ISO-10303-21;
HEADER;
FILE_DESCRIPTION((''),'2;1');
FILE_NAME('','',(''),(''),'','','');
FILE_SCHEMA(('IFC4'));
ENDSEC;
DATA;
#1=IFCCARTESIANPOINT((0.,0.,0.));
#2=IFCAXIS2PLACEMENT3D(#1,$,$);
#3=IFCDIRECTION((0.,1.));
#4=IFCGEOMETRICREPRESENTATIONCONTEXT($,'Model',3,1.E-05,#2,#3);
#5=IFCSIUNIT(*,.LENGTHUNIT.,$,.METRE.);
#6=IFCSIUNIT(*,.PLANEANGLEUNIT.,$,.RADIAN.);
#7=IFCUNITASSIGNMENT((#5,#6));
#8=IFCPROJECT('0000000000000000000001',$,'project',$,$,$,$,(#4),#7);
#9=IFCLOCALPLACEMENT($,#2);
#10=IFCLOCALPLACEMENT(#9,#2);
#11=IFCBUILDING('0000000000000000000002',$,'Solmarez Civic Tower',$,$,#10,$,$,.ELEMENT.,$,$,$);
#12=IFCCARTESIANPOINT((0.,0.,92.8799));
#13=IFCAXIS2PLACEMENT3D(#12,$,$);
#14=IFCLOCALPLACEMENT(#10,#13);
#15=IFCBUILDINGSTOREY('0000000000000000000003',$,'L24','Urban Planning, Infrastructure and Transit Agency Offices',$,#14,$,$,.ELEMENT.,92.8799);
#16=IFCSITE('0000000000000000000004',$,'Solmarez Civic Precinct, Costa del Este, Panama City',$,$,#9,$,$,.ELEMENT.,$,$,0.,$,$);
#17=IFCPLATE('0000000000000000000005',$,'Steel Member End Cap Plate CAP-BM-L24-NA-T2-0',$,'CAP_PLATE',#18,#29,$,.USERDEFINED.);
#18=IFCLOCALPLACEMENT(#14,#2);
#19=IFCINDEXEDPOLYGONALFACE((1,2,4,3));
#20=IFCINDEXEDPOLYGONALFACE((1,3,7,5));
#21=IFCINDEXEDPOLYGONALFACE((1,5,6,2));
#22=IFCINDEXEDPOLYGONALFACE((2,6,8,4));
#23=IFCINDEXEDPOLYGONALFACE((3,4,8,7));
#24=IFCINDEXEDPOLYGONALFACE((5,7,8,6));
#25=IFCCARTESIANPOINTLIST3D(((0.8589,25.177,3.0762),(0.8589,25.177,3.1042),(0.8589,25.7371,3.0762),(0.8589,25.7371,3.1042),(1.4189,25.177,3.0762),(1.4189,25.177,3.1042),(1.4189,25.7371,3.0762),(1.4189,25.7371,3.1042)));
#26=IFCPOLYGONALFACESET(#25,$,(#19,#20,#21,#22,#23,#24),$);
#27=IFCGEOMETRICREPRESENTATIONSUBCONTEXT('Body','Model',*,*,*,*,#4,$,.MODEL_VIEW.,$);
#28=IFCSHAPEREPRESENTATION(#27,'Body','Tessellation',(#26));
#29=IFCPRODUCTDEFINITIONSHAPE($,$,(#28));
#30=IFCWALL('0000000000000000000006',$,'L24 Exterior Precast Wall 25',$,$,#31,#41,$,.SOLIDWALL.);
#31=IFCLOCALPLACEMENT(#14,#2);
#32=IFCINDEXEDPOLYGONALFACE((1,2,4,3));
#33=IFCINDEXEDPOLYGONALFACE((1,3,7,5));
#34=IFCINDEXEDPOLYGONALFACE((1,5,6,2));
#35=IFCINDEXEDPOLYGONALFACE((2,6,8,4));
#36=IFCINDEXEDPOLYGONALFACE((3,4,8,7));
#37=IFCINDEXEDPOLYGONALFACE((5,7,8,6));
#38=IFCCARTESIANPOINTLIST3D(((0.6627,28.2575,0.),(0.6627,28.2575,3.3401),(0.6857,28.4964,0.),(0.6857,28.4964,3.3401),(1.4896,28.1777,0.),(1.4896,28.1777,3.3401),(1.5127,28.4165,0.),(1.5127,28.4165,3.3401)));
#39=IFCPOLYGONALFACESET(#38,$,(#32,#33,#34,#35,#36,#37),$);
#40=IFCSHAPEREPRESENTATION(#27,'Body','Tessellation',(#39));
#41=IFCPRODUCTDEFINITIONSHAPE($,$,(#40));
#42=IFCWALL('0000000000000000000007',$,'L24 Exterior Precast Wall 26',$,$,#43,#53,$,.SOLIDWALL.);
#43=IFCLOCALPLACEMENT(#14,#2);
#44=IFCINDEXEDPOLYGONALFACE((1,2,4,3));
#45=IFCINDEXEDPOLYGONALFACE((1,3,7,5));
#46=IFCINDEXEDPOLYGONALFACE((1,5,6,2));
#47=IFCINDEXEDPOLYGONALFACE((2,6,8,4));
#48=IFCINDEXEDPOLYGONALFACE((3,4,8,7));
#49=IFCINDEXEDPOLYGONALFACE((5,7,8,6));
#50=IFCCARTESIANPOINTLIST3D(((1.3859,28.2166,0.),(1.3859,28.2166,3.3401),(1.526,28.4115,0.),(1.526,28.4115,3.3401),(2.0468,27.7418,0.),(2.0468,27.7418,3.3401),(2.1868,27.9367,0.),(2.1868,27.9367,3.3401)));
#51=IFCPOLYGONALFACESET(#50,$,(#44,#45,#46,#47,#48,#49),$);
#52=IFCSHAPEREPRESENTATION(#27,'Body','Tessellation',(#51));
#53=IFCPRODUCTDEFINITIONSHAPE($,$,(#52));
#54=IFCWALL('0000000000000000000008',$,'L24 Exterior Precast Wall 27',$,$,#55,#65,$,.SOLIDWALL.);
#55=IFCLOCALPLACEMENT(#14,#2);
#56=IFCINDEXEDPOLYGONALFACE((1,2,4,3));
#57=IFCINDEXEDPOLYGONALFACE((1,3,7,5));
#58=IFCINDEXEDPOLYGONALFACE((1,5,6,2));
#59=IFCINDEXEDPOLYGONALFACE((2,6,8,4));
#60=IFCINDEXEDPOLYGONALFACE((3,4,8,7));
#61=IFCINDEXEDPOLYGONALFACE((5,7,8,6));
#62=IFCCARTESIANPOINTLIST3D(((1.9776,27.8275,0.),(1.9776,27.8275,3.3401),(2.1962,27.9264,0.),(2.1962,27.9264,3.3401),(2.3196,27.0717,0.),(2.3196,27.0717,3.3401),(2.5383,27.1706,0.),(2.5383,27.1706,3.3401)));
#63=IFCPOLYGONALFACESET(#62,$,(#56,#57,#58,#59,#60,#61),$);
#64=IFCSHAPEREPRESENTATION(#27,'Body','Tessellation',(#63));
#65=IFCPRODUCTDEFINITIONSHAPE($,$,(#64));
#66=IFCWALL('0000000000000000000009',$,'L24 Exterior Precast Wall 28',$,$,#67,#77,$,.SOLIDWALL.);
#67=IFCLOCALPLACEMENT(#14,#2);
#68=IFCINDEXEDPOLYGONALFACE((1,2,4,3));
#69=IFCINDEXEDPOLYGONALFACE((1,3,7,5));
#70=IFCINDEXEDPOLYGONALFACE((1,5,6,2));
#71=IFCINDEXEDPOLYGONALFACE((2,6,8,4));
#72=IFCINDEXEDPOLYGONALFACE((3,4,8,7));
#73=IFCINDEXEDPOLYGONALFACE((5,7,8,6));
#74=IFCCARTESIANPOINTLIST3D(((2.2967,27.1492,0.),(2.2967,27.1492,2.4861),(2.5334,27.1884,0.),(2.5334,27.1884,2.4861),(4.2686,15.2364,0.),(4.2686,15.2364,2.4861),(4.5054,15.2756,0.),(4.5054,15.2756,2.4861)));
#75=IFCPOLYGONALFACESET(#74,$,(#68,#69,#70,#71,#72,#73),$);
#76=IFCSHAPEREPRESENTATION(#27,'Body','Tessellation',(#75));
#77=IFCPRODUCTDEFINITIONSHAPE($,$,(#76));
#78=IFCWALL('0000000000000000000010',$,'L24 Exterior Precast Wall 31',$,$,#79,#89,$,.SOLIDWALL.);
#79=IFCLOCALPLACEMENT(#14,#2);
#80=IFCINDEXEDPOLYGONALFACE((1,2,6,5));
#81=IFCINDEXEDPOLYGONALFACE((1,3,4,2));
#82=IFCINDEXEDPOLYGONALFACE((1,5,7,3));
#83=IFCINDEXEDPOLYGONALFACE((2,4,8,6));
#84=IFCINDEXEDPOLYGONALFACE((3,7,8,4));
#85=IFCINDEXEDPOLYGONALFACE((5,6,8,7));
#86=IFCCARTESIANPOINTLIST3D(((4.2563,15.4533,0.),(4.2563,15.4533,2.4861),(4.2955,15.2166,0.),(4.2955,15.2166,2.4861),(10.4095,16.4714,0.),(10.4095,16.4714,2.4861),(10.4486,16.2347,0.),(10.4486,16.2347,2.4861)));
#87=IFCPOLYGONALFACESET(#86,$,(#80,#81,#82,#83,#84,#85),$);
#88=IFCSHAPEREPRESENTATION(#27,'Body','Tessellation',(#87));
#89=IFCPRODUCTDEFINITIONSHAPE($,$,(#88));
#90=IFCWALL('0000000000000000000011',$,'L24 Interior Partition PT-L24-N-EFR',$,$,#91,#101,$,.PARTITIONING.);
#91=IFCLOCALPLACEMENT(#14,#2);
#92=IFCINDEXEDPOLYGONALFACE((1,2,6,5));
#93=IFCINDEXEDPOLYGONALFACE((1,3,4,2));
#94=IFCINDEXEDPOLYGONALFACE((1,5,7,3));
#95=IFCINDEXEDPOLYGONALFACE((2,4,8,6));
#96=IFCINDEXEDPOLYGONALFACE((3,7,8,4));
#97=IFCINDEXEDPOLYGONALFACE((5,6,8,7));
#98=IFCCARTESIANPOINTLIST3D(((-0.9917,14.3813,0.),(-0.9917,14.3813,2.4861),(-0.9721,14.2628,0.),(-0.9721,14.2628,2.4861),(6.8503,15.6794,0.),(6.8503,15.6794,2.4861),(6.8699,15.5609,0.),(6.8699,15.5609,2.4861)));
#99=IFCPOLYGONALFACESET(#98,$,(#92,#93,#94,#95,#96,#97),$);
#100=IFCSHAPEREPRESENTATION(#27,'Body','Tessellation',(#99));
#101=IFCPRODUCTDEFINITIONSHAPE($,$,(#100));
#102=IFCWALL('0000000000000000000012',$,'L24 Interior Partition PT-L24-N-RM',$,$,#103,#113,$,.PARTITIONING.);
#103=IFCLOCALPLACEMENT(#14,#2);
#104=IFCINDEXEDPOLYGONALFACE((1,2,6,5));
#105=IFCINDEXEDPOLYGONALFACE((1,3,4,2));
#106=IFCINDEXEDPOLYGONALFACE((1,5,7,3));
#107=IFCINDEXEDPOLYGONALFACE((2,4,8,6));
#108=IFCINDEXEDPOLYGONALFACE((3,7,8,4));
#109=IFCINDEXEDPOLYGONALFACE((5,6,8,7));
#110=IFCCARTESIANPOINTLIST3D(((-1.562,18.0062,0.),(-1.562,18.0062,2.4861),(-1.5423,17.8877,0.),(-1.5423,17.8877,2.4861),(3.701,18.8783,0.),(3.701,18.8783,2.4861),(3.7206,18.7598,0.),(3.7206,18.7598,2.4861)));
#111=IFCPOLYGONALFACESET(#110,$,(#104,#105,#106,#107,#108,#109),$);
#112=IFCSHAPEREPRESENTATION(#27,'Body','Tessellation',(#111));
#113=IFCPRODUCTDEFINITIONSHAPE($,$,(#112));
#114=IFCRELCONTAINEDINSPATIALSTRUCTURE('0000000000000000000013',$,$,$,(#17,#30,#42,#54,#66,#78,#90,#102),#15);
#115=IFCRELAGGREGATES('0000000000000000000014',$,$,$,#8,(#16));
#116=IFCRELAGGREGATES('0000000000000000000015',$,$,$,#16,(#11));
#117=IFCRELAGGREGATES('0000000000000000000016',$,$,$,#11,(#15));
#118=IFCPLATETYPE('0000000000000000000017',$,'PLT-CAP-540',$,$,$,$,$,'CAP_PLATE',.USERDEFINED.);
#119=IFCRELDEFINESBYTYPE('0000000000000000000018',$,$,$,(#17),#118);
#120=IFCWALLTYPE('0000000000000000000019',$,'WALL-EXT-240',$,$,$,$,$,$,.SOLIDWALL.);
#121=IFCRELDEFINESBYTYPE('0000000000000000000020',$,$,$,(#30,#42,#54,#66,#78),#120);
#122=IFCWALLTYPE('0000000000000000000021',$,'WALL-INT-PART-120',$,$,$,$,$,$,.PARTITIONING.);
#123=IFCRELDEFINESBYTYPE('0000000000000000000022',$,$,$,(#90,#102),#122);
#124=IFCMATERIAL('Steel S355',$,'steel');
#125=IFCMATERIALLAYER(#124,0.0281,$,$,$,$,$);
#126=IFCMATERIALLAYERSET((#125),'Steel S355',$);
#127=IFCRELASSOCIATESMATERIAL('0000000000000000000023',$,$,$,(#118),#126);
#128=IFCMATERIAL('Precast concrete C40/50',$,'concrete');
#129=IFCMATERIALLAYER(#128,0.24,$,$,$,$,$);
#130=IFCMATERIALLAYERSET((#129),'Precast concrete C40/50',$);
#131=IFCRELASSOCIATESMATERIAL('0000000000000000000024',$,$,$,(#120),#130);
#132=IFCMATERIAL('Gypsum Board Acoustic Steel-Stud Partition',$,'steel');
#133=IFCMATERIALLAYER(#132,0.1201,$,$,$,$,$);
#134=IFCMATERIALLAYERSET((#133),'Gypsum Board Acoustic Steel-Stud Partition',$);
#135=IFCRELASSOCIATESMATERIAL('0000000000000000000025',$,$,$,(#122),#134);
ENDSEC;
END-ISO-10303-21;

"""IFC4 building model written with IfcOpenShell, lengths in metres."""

from ifc_helpers import new_model, si_unit, direction, frame, frame_2d, origin, origin_2d, place, context, subcontext, project, spatial, rectangle, extrude, material, layer, layer_set, type_object, element, save


model = new_model("IFC4")

# Units and contexts
model_context = context("Model", 3, precision=1e-05, world=origin(), true_north=direction((0.0, 1.0)))
body_context = subcontext(model_context, "Body", "Model", "MODEL_VIEW")
ifc_project = project(units=[si_unit("LENGTHUNIT", "METRE"), si_unit("PLANEANGLEUNIT", "RADIAN")], contexts=[model_context])

# Site, building, storey
site_placement = place(None, origin())
site = spatial("IfcSite", under=ifc_project, at=site_placement, Name="Solmarez Civic Precinct, Costa del Este, Panama City", CompositionType="ELEMENT", RefElevation=0.0)
building_placement = place(site_placement, origin())
building = spatial("IfcBuilding", under=site, at=building_placement, Name="Solmarez Civic Tower", CompositionType="ELEMENT")
storey_placement = place(building_placement, frame((0.0, 0.0, 92.8799)))
storey = spatial("IfcBuildingStorey", under=building, at=storey_placement, Name="L24", Description="Urban Planning, Infrastructure and Transit Agency Offices", CompositionType="ELEMENT", Elevation=92.8799)

# Shared definitions
ifc_material_1 = material(Name="Steel S355", Category="steel")

# Plate
ifc_layer_1 = layer(ifc_material_1, 0.0281)
ifc_layer_set_1 = layer_set([ifc_layer_1], Name="Steel S355")
plate_type_1 = type_object("IfcPlateType", Name="PLT-CAP-540", ElementType="CAP_PLATE", PredefinedType="USERDEFINED", material=ifc_layer_set_1)
plate_placement = place(storey_placement, frame((1.1389, 25.457, 3.0762), z_axis=(0.0, 0.0, 1.0), x_axis=(1.0, 0.0, 0.0)))
element("IfcPlate", 1, at=plate_placement, inside=storey, type_object=plate_type_1, Name="Steel Member End Cap Plate CAP-BM-L24-NA-T2-0", ObjectType="CAP_PLATE", PredefinedType="USERDEFINED", context=body_context, shape_type="SweptSolid", body=[
    extrude(rectangle(XDim=0.5601, YDim=0.5601, at=origin_2d()), origin(), (0.0, 0.0, 1.0), 0.0281),
])

# Walls
ifc_material_2 = material(Name="Precast concrete C40/50", Category="concrete")
ifc_layer_2 = layer(ifc_material_2, 0.24)
ifc_layer_set_2 = layer_set([ifc_layer_2], Name="Precast concrete C40/50")
wall_type_1 = type_object("IfcWallType", Name="WALL-EXT-240", PredefinedType="SOLIDWALL", material=ifc_layer_set_2)
wall_1_placement = place(storey_placement, frame((0.6741, 28.377, 0.0), z_axis=(0.0, 0.0, 1.0), x_axis=(0.995372, -0.096099, 0.0)))
element("IfcWall", 2, at=wall_1_placement, inside=storey, type_object=wall_type_1, Name="L24 Exterior Precast Wall 25", PredefinedType="SOLIDWALL", context=body_context, shape_type="SweptSolid", body=[
    extrude(rectangle(XDim=0.8308, YDim=0.24, at=frame_2d((0.4155, 0.0))), origin(), (0.0, 0.0, 1.0), 3.3401),
])
wall_2_placement = place(storey_placement, frame((1.4561, 28.314, 0.0), z_axis=(0.0, 0.0, 1.0), x_axis=(0.812109, -0.583506, 0.0)))
element("IfcWall", 3, at=wall_2_placement, inside=storey, type_object=wall_type_1, Name="L24 Exterior Precast Wall 26", PredefinedType="SOLIDWALL", context=body_context, shape_type="SweptSolid", body=[
    extrude(rectangle(XDim=0.8137, YDim=0.24, at=frame_2d((0.4067, 0.0))), origin(), (0.0, 0.0, 1.0), 3.3401),
])
wall_3_placement = place(storey_placement, frame((2.0869, 27.877, 0.0), z_axis=(0.0, 0.0, 1.0), x_axis=(0.412273, -0.911061, 0.0)))
element("IfcWall", 4, at=wall_3_placement, inside=storey, type_object=wall_type_1, Name="L24 Exterior Precast Wall 27", PredefinedType="SOLIDWALL", context=body_context, shape_type="SweptSolid", body=[
    extrude(rectangle(XDim=0.8296, YDim=0.24, at=frame_2d((0.4148, 0.0))), origin(), (0.0, 0.0, 1.0), 3.3401),
])
wall_4_placement = place(storey_placement, frame((2.415, 27.1689, 0.0), z_axis=(0.0, 0.0, 1.0), x_axis=(0.163307, -0.986575, 0.0)))
element("IfcWall", 5, at=wall_4_placement, inside=storey, type_object=wall_type_1, Name="L24 Exterior Precast Wall 28", PredefinedType="SOLIDWALL", context=body_context, shape_type="SweptSolid", body=[
    extrude(rectangle(XDim=12.075, YDim=0.24, at=frame_2d((6.0376, 0.0))), origin(), (0.0, 0.0, 1.0), 2.4861),
])
wall_5_placement = place(storey_placement, frame((4.2759, 15.335, 0.0), z_axis=(0.0, 0.0, 1.0), x_axis=(0.986587, 0.163237, 0.0)))
element("IfcWall", 6, at=wall_5_placement, inside=storey, type_object=wall_type_1, Name="L24 Exterior Precast Wall 31", PredefinedType="SOLIDWALL", context=body_context, shape_type="SweptSolid", body=[
    extrude(rectangle(XDim=6.2368, YDim=0.24, at=frame_2d((3.1184, 0.0))), origin(), (0.0, 0.0, 1.0), 2.4861),
])
ifc_material_3 = material(Name="Gypsum Board Acoustic Steel-Stud Partition", Category="steel")
ifc_layer_3 = layer(ifc_material_3, 0.1201)
ifc_layer_set_3 = layer_set([ifc_layer_3], Name="Gypsum Board Acoustic Steel-Stud Partition")
wall_type_2 = type_object("IfcWallType", Name="WALL-INT-PART-120", PredefinedType="PARTITIONING", material=ifc_layer_set_3)
wall_6_placement = place(storey_placement, frame((6.8601, 15.6201, 0.0), z_axis=(0.0, 0.0, 1.0), x_axis=(-0.986575, -0.163308, 0.0)))
element("IfcWall", 7, at=wall_6_placement, inside=storey, type_object=wall_type_2, Name="L24 Interior Partition PT-L24-N-EFR", PredefinedType="PARTITIONING", context=body_context, shape_type="SweptSolid", body=[
    extrude(rectangle(XDim=7.9487, YDim=0.1201, at=frame_2d((3.9744, 0.0))), origin(), (0.0, 0.0, 1.0), 2.4861),
])
wall_7_placement = place(storey_placement, frame((3.7109, 18.8191, 0.0), z_axis=(0.0, 0.0, 1.0), x_axis=(-0.986548, -0.163471, 0.0)))
element("IfcWall", 8, at=wall_7_placement, inside=storey, type_object=wall_type_2, Name="L24 Interior Partition PT-L24-N-RM", PredefinedType="PARTITIONING", context=body_context, shape_type="SweptSolid", body=[
    extrude(rectangle(XDim=5.3347, YDim=0.1201, at=frame_2d((2.6675, 0.0))), origin(), (0.0, 0.0, 1.0), 2.4861),
])

save(model, "model.ifc")
